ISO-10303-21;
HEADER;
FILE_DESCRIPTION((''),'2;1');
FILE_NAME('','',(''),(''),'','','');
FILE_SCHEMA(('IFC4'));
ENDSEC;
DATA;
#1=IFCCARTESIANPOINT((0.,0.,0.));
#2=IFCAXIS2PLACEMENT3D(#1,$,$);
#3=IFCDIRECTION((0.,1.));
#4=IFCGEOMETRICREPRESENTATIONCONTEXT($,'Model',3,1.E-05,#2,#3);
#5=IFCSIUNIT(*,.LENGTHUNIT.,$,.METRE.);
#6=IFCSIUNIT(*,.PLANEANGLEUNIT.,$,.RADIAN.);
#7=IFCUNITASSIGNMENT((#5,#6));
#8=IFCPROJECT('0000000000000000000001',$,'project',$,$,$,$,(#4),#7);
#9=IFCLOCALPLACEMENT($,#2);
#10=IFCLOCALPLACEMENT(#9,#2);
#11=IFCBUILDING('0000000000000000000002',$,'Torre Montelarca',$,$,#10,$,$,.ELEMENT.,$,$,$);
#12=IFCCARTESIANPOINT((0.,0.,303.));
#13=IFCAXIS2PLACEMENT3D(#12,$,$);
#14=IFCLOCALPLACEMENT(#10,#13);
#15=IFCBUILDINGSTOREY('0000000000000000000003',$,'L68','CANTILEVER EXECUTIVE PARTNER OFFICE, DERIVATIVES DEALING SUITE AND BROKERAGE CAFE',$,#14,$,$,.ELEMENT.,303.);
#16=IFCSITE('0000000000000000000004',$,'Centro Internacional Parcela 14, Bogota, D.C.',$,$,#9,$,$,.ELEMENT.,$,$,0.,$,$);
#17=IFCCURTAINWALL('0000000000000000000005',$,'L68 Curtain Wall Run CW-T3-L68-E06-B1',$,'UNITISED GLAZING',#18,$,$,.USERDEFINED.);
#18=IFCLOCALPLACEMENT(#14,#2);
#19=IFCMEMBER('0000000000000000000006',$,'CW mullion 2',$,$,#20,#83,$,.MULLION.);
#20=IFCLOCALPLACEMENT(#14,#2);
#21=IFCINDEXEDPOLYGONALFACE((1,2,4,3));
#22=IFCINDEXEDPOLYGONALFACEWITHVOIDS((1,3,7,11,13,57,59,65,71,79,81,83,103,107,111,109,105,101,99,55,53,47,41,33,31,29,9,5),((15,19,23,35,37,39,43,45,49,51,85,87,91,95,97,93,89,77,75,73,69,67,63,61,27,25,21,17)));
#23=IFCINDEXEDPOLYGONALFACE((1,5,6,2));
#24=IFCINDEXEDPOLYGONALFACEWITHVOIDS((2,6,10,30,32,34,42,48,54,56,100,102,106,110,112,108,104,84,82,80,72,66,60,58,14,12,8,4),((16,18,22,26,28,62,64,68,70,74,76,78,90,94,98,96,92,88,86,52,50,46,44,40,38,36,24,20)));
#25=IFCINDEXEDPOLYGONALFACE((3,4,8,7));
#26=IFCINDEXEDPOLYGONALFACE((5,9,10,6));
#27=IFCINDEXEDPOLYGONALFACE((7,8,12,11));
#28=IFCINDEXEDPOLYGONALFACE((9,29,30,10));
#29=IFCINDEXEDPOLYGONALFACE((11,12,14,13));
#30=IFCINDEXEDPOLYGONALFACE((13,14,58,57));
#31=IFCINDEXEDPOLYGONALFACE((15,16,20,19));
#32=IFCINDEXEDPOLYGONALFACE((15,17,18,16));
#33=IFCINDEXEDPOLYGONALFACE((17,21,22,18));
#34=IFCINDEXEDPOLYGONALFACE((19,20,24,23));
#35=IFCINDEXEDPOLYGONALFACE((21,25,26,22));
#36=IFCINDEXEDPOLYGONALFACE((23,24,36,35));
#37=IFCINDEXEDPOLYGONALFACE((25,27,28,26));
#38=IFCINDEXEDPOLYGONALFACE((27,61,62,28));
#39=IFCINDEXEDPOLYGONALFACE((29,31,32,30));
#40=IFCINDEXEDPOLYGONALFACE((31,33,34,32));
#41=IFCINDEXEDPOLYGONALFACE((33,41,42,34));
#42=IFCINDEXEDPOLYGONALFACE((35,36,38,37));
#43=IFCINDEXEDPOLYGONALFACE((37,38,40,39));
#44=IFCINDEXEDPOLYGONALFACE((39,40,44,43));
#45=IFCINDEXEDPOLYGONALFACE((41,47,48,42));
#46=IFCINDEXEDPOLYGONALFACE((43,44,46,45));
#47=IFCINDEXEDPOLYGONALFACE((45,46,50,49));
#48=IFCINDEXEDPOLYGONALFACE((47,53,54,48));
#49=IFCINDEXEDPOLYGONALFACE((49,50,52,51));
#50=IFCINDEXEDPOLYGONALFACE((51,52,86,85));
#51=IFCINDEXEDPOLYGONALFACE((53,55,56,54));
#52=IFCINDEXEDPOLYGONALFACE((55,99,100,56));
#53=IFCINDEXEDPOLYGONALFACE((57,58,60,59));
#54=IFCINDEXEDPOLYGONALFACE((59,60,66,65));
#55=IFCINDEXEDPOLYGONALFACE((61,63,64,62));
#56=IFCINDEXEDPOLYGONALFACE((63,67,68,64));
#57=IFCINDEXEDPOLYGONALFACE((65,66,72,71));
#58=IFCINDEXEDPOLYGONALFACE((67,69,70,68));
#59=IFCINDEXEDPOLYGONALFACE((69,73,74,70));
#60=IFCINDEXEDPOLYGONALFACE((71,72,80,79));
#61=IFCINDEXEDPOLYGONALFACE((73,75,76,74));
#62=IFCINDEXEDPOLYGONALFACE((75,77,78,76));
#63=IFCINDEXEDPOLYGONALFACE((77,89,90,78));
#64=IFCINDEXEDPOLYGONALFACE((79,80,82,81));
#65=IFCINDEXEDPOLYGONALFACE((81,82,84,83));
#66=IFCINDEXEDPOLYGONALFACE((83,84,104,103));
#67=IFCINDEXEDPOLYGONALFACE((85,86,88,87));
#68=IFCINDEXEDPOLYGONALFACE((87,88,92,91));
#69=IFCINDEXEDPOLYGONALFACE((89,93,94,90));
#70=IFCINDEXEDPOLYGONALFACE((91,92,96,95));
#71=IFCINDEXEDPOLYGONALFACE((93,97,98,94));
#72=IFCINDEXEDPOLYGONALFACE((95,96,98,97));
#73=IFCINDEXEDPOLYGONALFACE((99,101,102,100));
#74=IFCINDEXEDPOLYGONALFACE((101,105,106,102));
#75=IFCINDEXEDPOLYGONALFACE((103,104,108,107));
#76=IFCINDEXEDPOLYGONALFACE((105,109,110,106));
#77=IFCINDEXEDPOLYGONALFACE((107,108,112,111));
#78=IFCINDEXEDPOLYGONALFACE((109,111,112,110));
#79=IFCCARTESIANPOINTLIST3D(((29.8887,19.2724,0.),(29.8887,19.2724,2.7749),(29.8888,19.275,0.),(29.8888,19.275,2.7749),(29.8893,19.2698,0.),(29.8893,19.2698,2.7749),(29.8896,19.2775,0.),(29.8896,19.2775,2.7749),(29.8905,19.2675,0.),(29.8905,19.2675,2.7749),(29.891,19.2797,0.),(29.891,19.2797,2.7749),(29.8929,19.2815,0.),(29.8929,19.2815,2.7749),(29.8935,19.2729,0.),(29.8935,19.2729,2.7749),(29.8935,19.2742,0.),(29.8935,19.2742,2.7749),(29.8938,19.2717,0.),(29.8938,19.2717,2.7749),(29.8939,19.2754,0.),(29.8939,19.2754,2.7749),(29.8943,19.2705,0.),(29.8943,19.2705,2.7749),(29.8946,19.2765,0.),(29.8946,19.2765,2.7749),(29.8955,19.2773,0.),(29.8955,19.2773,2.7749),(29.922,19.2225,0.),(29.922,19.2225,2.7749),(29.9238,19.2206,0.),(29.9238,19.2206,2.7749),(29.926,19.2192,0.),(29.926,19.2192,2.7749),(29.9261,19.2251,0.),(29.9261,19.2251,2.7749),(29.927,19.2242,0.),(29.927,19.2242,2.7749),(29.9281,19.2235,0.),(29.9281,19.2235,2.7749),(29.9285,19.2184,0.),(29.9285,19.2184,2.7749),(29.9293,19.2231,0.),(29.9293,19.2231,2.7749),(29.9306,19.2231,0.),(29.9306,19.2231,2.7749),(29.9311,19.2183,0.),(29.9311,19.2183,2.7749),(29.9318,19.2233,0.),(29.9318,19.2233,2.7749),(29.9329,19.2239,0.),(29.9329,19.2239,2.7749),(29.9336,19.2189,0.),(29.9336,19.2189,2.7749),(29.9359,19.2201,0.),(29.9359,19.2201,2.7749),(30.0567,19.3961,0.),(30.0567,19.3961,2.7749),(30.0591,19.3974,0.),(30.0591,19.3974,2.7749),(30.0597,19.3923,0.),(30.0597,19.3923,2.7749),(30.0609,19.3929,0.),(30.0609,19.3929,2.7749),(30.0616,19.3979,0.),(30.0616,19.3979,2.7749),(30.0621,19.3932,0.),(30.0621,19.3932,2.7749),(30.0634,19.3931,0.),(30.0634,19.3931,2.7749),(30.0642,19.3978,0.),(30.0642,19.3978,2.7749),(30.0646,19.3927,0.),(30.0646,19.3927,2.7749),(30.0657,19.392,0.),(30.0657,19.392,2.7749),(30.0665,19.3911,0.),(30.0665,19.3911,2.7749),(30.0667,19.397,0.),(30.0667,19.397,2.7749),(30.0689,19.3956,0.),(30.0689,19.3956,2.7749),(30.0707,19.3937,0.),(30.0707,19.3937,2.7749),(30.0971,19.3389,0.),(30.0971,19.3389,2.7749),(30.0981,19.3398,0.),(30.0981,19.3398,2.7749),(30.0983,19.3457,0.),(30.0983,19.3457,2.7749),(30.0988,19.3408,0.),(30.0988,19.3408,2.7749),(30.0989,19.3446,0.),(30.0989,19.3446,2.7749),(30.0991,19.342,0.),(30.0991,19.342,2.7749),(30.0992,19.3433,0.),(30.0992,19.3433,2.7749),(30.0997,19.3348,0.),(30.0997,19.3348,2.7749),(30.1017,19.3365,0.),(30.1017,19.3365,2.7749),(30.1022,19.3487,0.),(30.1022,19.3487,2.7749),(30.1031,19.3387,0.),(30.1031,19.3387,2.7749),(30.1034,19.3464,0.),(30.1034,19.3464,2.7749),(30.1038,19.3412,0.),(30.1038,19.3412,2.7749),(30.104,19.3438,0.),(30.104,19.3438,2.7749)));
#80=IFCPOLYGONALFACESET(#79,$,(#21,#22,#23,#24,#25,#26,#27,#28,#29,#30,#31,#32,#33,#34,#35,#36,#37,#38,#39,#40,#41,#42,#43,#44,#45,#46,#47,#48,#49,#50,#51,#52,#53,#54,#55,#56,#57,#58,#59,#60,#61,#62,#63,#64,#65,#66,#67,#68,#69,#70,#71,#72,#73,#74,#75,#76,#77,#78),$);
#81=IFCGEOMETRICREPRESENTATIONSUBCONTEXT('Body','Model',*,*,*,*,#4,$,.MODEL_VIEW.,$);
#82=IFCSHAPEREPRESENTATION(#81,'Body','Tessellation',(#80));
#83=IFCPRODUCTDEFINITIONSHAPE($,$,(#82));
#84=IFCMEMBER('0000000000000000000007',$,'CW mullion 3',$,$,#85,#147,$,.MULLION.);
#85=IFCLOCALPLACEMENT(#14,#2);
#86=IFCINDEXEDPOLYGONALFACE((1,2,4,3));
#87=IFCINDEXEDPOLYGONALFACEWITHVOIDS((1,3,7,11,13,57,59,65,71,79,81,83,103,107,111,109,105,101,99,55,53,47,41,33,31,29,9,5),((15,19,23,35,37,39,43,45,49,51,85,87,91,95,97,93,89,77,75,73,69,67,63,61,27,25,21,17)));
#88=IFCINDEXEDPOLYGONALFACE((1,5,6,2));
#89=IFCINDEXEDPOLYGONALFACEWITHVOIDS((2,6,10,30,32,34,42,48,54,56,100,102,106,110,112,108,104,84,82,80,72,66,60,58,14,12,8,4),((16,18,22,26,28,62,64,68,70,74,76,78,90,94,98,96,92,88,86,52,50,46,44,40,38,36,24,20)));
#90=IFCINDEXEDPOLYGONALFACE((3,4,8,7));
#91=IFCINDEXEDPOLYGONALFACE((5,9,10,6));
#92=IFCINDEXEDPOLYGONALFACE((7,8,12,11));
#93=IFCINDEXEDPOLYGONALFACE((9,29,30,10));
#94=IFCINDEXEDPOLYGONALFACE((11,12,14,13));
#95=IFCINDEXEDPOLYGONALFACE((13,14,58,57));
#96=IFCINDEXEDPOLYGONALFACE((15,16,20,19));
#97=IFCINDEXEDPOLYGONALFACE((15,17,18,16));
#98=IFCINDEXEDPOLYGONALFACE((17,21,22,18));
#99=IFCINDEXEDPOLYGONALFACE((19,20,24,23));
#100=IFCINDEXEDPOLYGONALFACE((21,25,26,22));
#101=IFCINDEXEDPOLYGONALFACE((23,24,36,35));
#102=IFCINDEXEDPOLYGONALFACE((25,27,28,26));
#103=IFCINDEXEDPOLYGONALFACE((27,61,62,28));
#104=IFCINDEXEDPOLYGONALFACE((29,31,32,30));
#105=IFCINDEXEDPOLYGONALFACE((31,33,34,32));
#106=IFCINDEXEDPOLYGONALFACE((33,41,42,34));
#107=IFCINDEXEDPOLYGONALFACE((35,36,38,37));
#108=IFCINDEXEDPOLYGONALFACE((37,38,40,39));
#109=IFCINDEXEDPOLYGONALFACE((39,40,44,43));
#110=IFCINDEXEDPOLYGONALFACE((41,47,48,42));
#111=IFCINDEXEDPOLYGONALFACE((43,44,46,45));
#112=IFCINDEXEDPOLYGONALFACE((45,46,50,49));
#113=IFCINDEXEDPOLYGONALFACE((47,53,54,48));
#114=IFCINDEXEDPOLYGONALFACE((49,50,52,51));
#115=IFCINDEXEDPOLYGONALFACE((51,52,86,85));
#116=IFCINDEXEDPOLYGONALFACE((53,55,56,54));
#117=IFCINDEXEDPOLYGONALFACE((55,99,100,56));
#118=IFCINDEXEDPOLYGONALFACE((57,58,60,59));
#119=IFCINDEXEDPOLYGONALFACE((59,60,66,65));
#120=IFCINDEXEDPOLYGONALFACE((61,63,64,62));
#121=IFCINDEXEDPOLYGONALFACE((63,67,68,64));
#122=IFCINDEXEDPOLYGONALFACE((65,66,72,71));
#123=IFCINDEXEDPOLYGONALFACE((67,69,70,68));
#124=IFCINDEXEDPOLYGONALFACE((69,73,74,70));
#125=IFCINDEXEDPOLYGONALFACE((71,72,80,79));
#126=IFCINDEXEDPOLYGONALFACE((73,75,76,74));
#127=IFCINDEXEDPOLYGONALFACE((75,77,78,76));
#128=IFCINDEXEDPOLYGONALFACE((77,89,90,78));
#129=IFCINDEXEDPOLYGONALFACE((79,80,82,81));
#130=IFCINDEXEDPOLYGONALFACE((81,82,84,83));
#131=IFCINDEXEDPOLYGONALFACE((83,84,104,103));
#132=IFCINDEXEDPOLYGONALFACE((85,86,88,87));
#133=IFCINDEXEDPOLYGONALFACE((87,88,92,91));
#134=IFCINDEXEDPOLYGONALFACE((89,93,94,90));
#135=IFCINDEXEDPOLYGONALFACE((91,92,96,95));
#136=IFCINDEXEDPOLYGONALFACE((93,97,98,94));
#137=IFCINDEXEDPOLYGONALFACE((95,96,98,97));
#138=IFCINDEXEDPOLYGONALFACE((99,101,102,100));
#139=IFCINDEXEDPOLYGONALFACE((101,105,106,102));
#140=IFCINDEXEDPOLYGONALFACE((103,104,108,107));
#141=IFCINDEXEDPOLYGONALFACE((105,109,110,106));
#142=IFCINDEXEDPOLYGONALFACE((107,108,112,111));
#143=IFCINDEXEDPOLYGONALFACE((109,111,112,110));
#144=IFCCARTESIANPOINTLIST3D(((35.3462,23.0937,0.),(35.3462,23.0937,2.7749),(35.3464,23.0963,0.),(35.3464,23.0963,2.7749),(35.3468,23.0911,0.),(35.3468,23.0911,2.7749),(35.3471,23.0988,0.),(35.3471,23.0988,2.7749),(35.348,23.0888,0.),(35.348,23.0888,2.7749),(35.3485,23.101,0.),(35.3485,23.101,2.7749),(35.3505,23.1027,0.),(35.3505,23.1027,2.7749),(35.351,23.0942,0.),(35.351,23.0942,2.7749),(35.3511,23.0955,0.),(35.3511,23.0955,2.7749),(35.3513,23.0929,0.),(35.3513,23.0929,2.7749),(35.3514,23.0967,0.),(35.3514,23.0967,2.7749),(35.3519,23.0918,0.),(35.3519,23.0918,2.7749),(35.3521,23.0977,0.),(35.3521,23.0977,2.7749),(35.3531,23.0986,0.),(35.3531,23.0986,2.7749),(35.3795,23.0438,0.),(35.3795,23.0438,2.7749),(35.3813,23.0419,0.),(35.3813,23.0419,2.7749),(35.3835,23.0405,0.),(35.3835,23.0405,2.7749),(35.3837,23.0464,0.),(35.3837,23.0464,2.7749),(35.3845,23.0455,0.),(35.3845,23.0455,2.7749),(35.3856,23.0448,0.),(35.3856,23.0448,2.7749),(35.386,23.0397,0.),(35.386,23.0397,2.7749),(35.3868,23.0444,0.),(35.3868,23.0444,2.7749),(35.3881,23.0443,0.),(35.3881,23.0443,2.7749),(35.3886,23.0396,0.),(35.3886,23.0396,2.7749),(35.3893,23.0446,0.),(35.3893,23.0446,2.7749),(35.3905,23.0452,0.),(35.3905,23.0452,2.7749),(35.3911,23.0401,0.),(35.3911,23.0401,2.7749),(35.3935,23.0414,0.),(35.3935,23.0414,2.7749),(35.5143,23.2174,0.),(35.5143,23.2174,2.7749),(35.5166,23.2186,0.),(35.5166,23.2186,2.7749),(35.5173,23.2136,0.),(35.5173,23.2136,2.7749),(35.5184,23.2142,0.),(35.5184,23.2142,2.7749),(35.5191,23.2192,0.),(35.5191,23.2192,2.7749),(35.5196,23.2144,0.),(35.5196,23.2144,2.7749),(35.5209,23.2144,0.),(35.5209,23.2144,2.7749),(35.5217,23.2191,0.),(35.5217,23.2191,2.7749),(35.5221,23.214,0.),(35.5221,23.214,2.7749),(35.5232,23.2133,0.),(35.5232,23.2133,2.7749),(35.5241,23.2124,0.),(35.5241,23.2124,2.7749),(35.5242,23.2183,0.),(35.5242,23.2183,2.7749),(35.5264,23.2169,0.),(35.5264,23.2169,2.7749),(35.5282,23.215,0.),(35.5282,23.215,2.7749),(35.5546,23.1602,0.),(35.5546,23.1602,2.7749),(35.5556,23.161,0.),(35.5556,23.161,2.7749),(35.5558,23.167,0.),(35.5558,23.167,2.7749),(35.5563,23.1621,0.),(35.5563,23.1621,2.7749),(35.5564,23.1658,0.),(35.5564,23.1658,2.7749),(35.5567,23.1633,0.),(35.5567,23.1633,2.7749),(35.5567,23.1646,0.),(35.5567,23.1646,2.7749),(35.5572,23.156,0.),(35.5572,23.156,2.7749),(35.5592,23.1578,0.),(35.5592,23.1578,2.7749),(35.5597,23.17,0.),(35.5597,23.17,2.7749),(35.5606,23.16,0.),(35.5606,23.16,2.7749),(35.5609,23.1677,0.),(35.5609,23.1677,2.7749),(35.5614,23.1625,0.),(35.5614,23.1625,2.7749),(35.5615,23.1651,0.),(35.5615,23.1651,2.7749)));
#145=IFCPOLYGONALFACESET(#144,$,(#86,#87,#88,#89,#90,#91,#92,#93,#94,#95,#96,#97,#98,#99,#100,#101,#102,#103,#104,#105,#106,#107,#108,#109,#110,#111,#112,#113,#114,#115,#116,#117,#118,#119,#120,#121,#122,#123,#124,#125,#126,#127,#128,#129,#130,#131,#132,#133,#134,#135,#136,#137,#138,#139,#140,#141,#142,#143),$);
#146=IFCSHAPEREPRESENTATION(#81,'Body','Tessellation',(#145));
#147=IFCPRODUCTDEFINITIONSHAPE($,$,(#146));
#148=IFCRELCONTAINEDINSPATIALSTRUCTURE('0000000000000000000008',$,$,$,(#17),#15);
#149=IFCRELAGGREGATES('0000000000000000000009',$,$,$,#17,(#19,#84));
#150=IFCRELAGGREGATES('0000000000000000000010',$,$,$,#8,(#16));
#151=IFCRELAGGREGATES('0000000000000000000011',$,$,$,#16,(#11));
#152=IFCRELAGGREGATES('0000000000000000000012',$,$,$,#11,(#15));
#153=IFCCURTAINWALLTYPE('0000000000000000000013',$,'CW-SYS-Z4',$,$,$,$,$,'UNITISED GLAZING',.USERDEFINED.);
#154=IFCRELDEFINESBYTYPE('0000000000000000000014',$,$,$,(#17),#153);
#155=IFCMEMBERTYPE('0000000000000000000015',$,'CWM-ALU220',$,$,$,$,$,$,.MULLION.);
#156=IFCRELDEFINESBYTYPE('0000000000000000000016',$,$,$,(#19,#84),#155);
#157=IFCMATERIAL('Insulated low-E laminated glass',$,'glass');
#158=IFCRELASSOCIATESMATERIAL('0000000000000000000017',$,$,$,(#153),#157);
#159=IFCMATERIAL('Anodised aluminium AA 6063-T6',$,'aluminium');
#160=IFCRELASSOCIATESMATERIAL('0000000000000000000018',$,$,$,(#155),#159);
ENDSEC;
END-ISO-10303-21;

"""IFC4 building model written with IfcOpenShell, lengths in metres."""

from ifc_helpers import new_model, si_unit, direction, frame, origin, origin_2d, place, context, subcontext, project, spatial, hollow_rectangle, extrude, source, transform, mapped, material, material_profile, profile_set, type_object, element, aggregate, save


model = new_model("IFC4")

# Units and contexts
model_context = context("Model", 3, precision=1e-05, world=origin(), true_north=direction((0.0, 1.0)))
body_context = subcontext(model_context, "Body", "Model", "MODEL_VIEW")
ifc_project = project(units=[si_unit("LENGTHUNIT", "METRE"), si_unit("PLANEANGLEUNIT", "RADIAN")], contexts=[model_context])

# Site, building, storey
site_placement = place(None, origin())
site = spatial("IfcSite", under=ifc_project, at=site_placement, Name="Centro Internacional Parcela 14, Bogota, D.C.", CompositionType="ELEMENT", RefElevation=0.0)
building_placement = place(site_placement, origin())
building = spatial("IfcBuilding", under=site, at=building_placement, Name="Torre Montelarca", CompositionType="ELEMENT")
storey_placement = place(building_placement, frame((0.0, 0.0, 303.0)))
storey = spatial("IfcBuildingStorey", under=building, at=storey_placement, Name="L68", Description="CANTILEVER EXECUTIVE PARTNER OFFICE, DERIVATIVES DEALING SUITE AND BROKERAGE CAFE", CompositionType="ELEMENT", Elevation=303.0)

# Curtain wall, members
ifc_material_1 = material(Name="Insulated low-E laminated glass", Category="glass")
curtain_wall_type = type_object("IfcCurtainWallType", Name="CW-SYS-Z4", ElementType="UNITISED GLAZING", PredefinedType="USERDEFINED", material=ifc_material_1)
ifc_material_2 = material(Name="Anodised aluminium AA 6063-T6", Category="aluminium")
ifc_material_profile_1 = material_profile(ifc_material_2, hollow_rectangle(XDim=0.075, YDim=0.22, WallThickness=0.0049, InnerFilletRadius=0.0049, OuterFilletRadius=0.01, at=origin_2d()), Name="ALU75X220X5", Category="aluminium")
ifc_profile_set_1 = profile_set([ifc_material_profile_1], Name="Anodised aluminium AA 6063-T6")
member_type_1 = type_object("IfcMemberType", Name="CWM-ALU220", PredefinedType="MULLION", material=ifc_profile_set_1)
curtain_wall_1_placement = place(storey_placement, origin())
curtain_wall_1 = element("IfcCurtainWall", 1, at=curtain_wall_1_placement, inside=storey, type_object=curtain_wall_type, Name="L68 Curtain Wall Run CW-T3-L68-E06-B1", ObjectType="UNITISED GLAZING", PredefinedType="USERDEFINED")
shared_shape_1 = source(origin(), body_context, "Body", "SweptSolid", [
    extrude(hollow_rectangle(XDim=0.075, YDim=0.22, WallThickness=0.0049, InnerFilletRadius=0.0049, OuterFilletRadius=0.01, at=origin_2d()), origin(), (0.0, 0.0, 1.0), 2.7749),
])
member_1_placement = place(storey_placement, frame((29.9963, 19.3081, 0.0), z_axis=(0.0, 0.0, 1.0), x_axis=(-0.573572, 0.819155, 0.0)))
member_1 = element("IfcMember", 2, at=member_1_placement, type_object=member_type_1, Name="CW mullion 2", PredefinedType="MULLION", context=body_context, shape_type="MappedRepresentation", body=[
    mapped(shared_shape_1, transform((0.0, 0.0, 0.0), scale=1.0)),
])
member_2_placement = place(storey_placement, frame((35.4539, 23.1294, 0.0), z_axis=(0.0, 0.0, 1.0), x_axis=(-0.573572, 0.819155, 0.0)))
member_2 = element("IfcMember", 3, at=member_2_placement, type_object=member_type_1, Name="CW mullion 3", PredefinedType="MULLION", context=body_context, shape_type="MappedRepresentation", body=[
    mapped(shared_shape_1, transform((0.0, 0.0, 0.0), scale=1.0)),
])

aggregate(curtain_wall_1, [member_1, member_2])

save(model, "model.ifc")
